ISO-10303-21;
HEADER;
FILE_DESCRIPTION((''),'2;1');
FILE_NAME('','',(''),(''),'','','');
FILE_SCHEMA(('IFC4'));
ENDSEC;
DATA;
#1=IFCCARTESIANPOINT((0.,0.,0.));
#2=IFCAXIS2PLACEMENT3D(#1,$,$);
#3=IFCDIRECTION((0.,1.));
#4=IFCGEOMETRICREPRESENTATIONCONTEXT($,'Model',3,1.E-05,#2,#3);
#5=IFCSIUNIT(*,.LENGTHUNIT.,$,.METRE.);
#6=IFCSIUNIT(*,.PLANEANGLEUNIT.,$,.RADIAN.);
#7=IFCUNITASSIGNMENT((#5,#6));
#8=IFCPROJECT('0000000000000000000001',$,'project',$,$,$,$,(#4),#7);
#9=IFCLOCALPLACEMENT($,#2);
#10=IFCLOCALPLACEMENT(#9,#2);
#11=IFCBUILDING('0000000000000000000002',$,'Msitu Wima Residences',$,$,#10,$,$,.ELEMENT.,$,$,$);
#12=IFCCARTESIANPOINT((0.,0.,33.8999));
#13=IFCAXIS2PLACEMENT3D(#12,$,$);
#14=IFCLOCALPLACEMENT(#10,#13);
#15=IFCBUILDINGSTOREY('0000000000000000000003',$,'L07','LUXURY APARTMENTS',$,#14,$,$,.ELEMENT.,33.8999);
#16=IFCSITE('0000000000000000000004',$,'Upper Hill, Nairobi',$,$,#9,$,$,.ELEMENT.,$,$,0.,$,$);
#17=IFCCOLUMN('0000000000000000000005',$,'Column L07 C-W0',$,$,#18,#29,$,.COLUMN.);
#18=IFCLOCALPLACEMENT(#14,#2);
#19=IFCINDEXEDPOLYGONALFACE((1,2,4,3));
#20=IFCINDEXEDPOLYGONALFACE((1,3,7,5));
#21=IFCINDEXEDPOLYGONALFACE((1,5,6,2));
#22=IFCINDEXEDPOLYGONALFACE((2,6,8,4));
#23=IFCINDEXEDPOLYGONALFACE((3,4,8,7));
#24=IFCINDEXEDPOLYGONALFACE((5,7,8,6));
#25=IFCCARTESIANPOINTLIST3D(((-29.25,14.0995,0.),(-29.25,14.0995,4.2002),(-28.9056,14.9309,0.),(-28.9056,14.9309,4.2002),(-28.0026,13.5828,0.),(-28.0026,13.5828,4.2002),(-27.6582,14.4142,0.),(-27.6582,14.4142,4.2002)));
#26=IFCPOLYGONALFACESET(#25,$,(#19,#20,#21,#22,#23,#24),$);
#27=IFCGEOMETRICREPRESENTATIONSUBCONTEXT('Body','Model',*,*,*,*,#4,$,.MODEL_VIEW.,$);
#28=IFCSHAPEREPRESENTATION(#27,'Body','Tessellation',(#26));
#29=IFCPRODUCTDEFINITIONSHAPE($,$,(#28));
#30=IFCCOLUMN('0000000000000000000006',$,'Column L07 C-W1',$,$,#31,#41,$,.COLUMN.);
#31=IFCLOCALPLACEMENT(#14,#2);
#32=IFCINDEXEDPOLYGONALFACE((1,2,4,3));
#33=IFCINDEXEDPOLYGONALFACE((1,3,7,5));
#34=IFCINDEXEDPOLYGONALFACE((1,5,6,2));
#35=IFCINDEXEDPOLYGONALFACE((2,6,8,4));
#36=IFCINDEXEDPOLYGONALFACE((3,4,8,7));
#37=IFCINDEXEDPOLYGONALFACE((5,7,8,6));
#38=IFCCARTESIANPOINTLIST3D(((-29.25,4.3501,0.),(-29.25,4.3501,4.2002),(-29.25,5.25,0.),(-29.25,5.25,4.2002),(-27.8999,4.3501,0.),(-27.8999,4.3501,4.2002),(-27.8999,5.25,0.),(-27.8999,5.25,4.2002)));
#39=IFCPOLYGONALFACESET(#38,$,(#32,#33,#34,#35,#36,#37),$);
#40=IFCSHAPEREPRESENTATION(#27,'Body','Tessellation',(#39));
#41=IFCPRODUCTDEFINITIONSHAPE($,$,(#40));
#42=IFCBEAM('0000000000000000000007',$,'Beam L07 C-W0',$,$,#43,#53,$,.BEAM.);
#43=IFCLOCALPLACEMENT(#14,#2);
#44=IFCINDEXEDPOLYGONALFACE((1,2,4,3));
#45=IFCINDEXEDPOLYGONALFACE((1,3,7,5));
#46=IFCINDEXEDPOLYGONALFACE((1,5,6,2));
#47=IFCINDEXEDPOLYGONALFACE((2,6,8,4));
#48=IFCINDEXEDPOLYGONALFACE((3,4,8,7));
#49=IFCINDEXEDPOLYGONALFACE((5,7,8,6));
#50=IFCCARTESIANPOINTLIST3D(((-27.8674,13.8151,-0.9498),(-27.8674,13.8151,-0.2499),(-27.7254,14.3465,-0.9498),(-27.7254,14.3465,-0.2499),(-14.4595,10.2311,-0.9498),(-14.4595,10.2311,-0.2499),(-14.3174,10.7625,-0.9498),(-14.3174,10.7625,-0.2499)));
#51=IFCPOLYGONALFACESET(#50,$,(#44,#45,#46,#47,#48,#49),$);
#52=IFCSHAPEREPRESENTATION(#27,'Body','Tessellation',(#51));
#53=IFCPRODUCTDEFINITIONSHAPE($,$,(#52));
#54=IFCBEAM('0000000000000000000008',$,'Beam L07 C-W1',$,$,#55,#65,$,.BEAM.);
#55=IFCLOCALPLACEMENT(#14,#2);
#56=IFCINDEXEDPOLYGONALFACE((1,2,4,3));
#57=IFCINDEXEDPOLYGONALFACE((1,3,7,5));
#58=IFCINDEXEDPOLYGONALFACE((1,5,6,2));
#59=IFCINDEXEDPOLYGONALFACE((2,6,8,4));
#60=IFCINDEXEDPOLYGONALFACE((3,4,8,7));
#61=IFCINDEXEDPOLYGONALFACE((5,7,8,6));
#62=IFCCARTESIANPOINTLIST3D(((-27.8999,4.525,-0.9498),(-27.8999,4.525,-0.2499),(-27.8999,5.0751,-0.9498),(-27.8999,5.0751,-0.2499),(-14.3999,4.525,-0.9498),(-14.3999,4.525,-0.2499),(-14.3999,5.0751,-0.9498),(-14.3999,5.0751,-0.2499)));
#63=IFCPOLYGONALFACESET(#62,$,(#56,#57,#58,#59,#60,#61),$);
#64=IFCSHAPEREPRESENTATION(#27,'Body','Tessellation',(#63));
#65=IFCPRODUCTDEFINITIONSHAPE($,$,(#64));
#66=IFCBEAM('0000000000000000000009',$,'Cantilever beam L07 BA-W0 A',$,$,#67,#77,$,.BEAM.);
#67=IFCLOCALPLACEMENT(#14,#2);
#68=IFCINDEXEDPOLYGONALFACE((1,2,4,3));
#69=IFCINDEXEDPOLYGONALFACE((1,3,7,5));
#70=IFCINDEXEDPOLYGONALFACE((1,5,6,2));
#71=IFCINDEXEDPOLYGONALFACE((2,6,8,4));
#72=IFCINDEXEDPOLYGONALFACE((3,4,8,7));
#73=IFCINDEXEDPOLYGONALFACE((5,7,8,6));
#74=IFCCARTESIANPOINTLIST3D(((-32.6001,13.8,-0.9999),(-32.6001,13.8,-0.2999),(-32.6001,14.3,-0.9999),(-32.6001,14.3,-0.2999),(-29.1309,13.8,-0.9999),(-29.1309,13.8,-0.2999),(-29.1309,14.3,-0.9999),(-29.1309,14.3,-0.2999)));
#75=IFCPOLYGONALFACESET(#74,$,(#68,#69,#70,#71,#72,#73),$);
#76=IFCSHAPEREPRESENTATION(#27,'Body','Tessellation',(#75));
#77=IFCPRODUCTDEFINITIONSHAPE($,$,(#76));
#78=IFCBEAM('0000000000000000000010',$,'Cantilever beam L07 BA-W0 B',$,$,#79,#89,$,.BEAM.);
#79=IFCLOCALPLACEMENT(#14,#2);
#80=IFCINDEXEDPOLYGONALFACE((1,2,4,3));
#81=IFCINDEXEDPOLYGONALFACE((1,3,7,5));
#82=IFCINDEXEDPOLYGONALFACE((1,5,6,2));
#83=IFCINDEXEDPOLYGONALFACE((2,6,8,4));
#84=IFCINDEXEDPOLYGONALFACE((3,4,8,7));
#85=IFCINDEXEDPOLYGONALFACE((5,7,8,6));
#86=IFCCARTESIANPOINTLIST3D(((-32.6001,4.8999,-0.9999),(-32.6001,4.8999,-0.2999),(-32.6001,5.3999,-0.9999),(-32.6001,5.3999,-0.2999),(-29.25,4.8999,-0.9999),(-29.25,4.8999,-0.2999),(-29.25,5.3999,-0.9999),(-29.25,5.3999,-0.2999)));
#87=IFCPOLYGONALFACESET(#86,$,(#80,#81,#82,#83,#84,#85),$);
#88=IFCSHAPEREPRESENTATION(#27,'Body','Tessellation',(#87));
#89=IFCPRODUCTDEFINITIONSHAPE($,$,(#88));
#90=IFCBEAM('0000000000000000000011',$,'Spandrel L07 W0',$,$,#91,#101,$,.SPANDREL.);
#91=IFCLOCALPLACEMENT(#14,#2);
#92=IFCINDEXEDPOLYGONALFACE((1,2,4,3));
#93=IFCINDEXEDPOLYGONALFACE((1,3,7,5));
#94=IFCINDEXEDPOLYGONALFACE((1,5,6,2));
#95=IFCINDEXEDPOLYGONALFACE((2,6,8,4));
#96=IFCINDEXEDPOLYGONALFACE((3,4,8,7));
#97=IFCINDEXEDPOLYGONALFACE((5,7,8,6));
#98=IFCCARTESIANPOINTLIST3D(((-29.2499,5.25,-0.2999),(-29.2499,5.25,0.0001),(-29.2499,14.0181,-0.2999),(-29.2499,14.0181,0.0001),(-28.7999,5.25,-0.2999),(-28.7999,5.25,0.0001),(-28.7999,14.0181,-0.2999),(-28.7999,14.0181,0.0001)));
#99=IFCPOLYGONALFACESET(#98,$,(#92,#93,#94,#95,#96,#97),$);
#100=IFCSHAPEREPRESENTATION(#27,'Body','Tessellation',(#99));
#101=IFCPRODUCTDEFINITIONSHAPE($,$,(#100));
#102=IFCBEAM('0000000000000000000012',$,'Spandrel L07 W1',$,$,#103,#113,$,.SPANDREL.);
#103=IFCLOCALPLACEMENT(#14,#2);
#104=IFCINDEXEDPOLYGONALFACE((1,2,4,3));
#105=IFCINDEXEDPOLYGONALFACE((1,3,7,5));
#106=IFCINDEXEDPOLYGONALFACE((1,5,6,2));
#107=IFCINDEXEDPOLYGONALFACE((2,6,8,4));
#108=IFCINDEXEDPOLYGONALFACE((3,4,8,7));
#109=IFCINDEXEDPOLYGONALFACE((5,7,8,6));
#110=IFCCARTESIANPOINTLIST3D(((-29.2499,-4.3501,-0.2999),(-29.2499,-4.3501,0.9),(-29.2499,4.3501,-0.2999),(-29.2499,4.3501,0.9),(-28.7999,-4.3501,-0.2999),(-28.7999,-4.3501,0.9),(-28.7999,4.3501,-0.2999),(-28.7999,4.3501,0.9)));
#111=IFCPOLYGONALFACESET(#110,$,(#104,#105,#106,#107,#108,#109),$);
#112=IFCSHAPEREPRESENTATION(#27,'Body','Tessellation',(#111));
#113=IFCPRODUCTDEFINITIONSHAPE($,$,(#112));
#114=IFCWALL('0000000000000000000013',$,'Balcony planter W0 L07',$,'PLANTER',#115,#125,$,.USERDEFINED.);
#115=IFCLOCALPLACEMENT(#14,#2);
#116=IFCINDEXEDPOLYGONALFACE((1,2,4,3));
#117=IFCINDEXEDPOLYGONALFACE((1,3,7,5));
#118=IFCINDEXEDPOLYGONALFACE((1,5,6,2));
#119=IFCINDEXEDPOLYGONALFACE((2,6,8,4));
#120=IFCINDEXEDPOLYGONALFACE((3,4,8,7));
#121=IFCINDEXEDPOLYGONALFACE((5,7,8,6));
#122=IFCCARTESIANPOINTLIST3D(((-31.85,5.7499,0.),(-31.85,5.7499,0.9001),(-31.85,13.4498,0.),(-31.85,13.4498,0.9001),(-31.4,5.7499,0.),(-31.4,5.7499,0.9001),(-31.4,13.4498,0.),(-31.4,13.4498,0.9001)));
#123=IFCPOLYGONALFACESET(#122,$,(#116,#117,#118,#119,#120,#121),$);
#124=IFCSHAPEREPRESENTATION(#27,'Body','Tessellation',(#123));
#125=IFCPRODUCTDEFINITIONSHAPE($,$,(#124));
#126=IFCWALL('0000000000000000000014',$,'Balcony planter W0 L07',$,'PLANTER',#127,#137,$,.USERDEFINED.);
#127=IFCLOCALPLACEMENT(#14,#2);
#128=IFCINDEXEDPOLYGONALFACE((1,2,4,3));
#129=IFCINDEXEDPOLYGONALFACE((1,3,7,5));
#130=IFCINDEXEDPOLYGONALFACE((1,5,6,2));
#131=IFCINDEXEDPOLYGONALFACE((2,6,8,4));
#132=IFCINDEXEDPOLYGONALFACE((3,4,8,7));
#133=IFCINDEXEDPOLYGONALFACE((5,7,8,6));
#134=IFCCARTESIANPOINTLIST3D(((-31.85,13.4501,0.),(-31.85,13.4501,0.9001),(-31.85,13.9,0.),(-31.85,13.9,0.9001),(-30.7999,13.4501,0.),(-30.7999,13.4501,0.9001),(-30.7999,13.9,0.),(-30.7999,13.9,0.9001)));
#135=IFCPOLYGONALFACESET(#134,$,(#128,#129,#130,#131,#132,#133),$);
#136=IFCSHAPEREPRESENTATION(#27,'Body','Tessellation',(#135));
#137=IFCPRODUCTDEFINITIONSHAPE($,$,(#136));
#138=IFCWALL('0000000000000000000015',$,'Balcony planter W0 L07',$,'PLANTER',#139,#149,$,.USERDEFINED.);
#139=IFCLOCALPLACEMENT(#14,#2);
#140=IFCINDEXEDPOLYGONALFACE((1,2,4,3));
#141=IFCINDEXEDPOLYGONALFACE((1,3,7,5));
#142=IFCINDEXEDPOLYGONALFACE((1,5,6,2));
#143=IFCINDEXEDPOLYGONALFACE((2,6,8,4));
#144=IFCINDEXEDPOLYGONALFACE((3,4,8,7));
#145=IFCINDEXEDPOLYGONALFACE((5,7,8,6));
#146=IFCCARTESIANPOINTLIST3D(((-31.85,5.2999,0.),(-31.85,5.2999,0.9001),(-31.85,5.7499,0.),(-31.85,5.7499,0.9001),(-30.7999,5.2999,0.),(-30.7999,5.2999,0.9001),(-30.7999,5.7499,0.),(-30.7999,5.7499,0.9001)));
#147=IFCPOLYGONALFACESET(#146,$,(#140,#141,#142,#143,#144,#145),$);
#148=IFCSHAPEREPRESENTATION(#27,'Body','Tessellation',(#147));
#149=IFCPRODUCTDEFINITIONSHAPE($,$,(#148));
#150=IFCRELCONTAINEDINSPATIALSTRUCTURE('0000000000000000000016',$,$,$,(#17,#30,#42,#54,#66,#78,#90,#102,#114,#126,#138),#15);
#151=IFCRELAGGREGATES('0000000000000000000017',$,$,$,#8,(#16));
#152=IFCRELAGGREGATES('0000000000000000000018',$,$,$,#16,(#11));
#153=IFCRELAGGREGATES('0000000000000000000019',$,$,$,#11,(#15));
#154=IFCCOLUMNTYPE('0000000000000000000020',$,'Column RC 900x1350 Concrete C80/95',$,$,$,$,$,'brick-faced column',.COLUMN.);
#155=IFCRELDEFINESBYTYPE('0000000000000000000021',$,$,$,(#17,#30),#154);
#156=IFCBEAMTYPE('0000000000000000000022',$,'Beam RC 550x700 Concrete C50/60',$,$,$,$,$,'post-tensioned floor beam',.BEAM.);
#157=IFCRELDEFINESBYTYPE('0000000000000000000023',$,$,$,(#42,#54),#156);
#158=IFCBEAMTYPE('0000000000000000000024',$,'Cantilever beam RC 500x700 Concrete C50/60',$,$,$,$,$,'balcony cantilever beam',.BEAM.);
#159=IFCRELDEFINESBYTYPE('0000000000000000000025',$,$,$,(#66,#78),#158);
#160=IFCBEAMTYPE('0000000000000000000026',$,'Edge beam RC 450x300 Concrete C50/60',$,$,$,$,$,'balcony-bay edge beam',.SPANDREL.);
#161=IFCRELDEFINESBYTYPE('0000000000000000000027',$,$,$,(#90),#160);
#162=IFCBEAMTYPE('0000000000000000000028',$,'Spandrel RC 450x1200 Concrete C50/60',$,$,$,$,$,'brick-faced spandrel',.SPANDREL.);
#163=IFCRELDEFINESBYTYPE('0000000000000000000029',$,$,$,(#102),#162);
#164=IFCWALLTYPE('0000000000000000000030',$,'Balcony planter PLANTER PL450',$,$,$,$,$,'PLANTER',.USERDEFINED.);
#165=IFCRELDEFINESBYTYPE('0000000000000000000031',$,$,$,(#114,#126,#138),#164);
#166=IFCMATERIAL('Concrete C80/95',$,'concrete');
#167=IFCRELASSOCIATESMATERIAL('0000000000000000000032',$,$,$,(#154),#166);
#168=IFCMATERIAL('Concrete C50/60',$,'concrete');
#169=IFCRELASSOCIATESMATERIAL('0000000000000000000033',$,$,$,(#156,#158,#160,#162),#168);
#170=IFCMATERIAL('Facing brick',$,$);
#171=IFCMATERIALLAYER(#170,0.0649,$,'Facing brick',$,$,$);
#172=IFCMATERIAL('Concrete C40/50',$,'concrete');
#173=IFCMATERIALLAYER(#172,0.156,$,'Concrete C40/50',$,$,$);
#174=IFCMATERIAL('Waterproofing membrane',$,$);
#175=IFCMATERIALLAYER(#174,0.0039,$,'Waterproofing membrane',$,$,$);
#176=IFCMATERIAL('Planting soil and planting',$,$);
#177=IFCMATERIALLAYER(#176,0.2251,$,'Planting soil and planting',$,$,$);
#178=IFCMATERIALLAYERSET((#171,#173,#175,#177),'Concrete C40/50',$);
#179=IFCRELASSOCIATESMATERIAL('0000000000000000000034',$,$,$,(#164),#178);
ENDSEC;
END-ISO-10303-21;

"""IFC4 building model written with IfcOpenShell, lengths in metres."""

from ifc_helpers import new_model, si_unit, direction, frame, frame_2d, origin, origin_2d, place, context, subcontext, project, spatial, rectangle, extrude, material, layer, layer_set, material_profile, profile_set, type_object, element, save


model = new_model("IFC4")

# Units and contexts
model_context = context("Model", 3, precision=1e-05, world=origin(), true_north=direction((0.0, 1.0)))
body_context = subcontext(model_context, "Body", "Model", "MODEL_VIEW")
ifc_project = project(units=[si_unit("LENGTHUNIT", "METRE"), si_unit("PLANEANGLEUNIT", "RADIAN")], contexts=[model_context])

# Site, building, storey
site_placement = place(None, origin())
site = spatial("IfcSite", under=ifc_project, at=site_placement, Name="Upper Hill, Nairobi", CompositionType="ELEMENT", RefElevation=0.0)
building_placement = place(site_placement, origin())
building = spatial("IfcBuilding", under=site, at=building_placement, Name="Msitu Wima Residences", CompositionType="ELEMENT")
storey_placement = place(building_placement, frame((0.0, 0.0, 33.8999)))
storey = spatial("IfcBuildingStorey", under=building, at=storey_placement, Name="L07", Description="LUXURY APARTMENTS", CompositionType="ELEMENT", Elevation=33.8999)

# Columns
ifc_material_1 = material(Name="Concrete C80/95", Category="concrete")
ifc_material_profile_1 = material_profile(ifc_material_1, rectangle(XDim=0.8999, YDim=1.3501, at=origin_2d()), Name="RC 900x1350")
ifc_profile_set_1 = profile_set([ifc_material_profile_1], Name="Concrete C80/95")
column_type = type_object("IfcColumnType", Name="Column RC 900x1350 Concrete C80/95", ElementType="brick-faced column", PredefinedType="COLUMN", material=ifc_profile_set_1)
for number, where, z_axis, x_axis, name in (
    (1, (-28.4541, 14.2568, 0.0), (0.0, 0.0, 1.0), (-0.382683, -0.92388, 0.0), "Column L07 C-W0"),
    (2, (-28.575, 4.8, 0.0), (0.0, 0.0, 1.0), (0.0, -1.0, 0.0), "Column L07 C-W1"),
):
    element("IfcColumn", number, at=place(storey_placement, frame(where, z_axis=z_axis, x_axis=x_axis)), inside=storey, type_object=column_type, Name=name, PredefinedType="COLUMN", context=body_context, shape_type="SweptSolid", body=[
        extrude(rectangle(XDim=0.8999, YDim=1.3501, at=origin_2d()), origin(), (0.0, 0.0, 1.0), 4.2002),
    ])

# Beams
ifc_material_2 = material(Name="Concrete C50/60", Category="concrete")
ifc_material_profile_2 = material_profile(ifc_material_2, rectangle(XDim=0.55, YDim=0.7, at=origin_2d()), Name="RC 550x700")
ifc_profile_set_2 = profile_set([ifc_material_profile_2], Name="Concrete C50/60")
beam_type_1 = type_object("IfcBeamType", Name="Beam RC 550x700 Concrete C50/60", ElementType="post-tensioned floor beam", PredefinedType="BEAM", material=ifc_profile_set_2)
beam_1_placement = place(storey_placement, frame((-27.7964, 14.0808, -0.5999), z_axis=(0.966082, -0.258236, 0.0), x_axis=(0.258236, 0.966082, 0.0)))
element("IfcBeam", 3, at=beam_1_placement, inside=storey, type_object=beam_type_1, Name="Beam L07 C-W0", PredefinedType="BEAM", context=body_context, shape_type="SweptSolid", body=[
    extrude(rectangle(XDim=0.55, YDim=0.7, at=origin_2d()), origin(), (0.0, 0.0, 1.0), 13.8787),
])
beam_2_placement = place(storey_placement, frame((-27.8999, 4.8, -0.5999), z_axis=(1.0, 0.0, 0.0), x_axis=(0.0, 1.0, 0.0)))
element("IfcBeam", 4, at=beam_2_placement, inside=storey, type_object=beam_type_1, Name="Beam L07 C-W1", PredefinedType="BEAM", context=body_context, shape_type="SweptSolid", body=[
    extrude(rectangle(XDim=0.55, YDim=0.7, at=origin_2d()), origin(), (0.0, 0.0, 1.0), 13.5),
])
ifc_material_profile_3 = material_profile(ifc_material_2, rectangle(XDim=0.5, YDim=0.7, at=origin_2d()), Name="RC 500x700")
ifc_profile_set_3 = profile_set([ifc_material_profile_3], Name="Concrete C50/60")
beam_type_2 = type_object("IfcBeamType", Name="Cantilever beam RC 500x700 Concrete C50/60", ElementType="balcony cantilever beam", PredefinedType="BEAM", material=ifc_profile_set_3)
beam_3_placement = place(storey_placement, frame((-29.1309, 14.05, -0.6499), z_axis=(-1.0, 0.0, 0.0), x_axis=(0.0, -1.0, 0.0)))
element("IfcBeam", 5, at=beam_3_placement, inside=storey, type_object=beam_type_2, Name="Cantilever beam L07 BA-W0 A", PredefinedType="BEAM", context=body_context, shape_type="SweptSolid", body=[
    extrude(rectangle(XDim=0.5, YDim=0.7, at=origin_2d()), origin(), (0.0, 0.0, 1.0), 3.4692),
])
beam_4_placement = place(storey_placement, frame((-29.25, 5.1499, -0.6499), z_axis=(-1.0, 0.0, 0.0), x_axis=(0.0, -1.0, 0.0)))
element("IfcBeam", 6, at=beam_4_placement, inside=storey, type_object=beam_type_2, Name="Cantilever beam L07 BA-W0 B", PredefinedType="BEAM", context=body_context, shape_type="SweptSolid", body=[
    extrude(rectangle(XDim=0.5, YDim=0.7, at=origin_2d()), origin(), (0.0, 0.0, 1.0), 3.3501),
])
ifc_material_profile_4 = material_profile(ifc_material_2, rectangle(XDim=0.45, YDim=0.3, at=origin_2d()), Name="RC 450x300")
ifc_profile_set_4 = profile_set([ifc_material_profile_4], Name="Concrete C50/60")
beam_type_3 = type_object("IfcBeamType", Name="Edge beam RC 450x300 Concrete C50/60", ElementType="balcony-bay edge beam", PredefinedType="SPANDREL", material=ifc_profile_set_4)
beam_5_placement = place(storey_placement, frame((-29.0249, 14.0181, -0.1499), z_axis=(0.0, -1.0, 0.0), x_axis=(1.0, 0.0, 0.0)))
element("IfcBeam", 7, at=beam_5_placement, inside=storey, type_object=beam_type_3, Name="Spandrel L07 W0", PredefinedType="SPANDREL", context=body_context, shape_type="SweptSolid", body=[
    extrude(rectangle(XDim=0.45, YDim=0.3, at=origin_2d()), origin(), (0.0, 0.0, 1.0), 8.7681),
])
ifc_material_profile_5 = material_profile(ifc_material_2, rectangle(XDim=0.45, YDim=1.2, at=origin_2d()), Name="RC 450x1200")
ifc_profile_set_5 = profile_set([ifc_material_profile_5], Name="Concrete C50/60")
beam_type_4 = type_object("IfcBeamType", Name="Spandrel RC 450x1200 Concrete C50/60", ElementType="brick-faced spandrel", PredefinedType="SPANDREL", material=ifc_profile_set_5)
beam_6_placement = place(storey_placement, frame((-29.0249, 4.3501, 0.3), z_axis=(0.0, -1.0, 0.0), x_axis=(1.0, 0.0, 0.0)))
element("IfcBeam", 8, at=beam_6_placement, inside=storey, type_object=beam_type_4, Name="Spandrel L07 W1", PredefinedType="SPANDREL", context=body_context, shape_type="SweptSolid", body=[
    extrude(rectangle(XDim=0.45, YDim=1.2, at=origin_2d()), origin(), (0.0, 0.0, 1.0), 8.7002),
])

# Walls
ifc_material_3 = material(Name="Facing brick")
ifc_layer_1 = layer(ifc_material_3, 0.0649, Name="Facing brick")
ifc_material_4 = material(Name="Concrete C40/50", Category="concrete")
ifc_layer_2 = layer(ifc_material_4, 0.156, Name="Concrete C40/50")
ifc_material_5 = material(Name="Waterproofing membrane")
ifc_layer_3 = layer(ifc_material_5, 0.0039, Name="Waterproofing membrane")
ifc_material_6 = material(Name="Planting soil and planting")
ifc_layer_4 = layer(ifc_material_6, 0.2251, Name="Planting soil and planting")
ifc_layer_set_1 = layer_set([ifc_layer_1, ifc_layer_2, ifc_layer_3, ifc_layer_4], Name="Concrete C40/50")
wall_type_1 = type_object("IfcWallType", Name="Balcony planter PLANTER PL450", ElementType="PLANTER", PredefinedType="USERDEFINED", material=ifc_layer_set_1)
wall_1_placement = place(storey_placement, frame((-31.625, 13.45, 0.0), z_axis=(0.0, 0.0, 1.0), x_axis=(0.0, -1.0, 0.0)))
element("IfcWall", 9, at=wall_1_placement, inside=storey, type_object=wall_type_1, Name="Balcony planter W0 L07", ObjectType="PLANTER", PredefinedType="USERDEFINED", context=body_context, shape_type="SweptSolid", body=[
    extrude(rectangle(XDim=7.7, YDim=0.45, at=frame_2d((3.8501, 0.0))), origin(), (0.0, 0.0, 1.0), 0.9001),
])
for number, where, z_axis, x_axis, name in (
    (10, (-30.8, 13.675, 0.0), (0.0, 0.0, 1.0), (-1.0, 0.0, 0.0), "Balcony planter W0 L07"),
    (11, (-30.8, 5.5249, 0.0), (0.0, 0.0, 1.0), (-1.0, 0.0, 0.0), "Balcony planter W0 L07"),
):
    element("IfcWall", number, at=place(storey_placement, frame(where, z_axis=z_axis, x_axis=x_axis)), inside=storey, type_object=wall_type_1, Name=name, ObjectType="PLANTER", PredefinedType="USERDEFINED", context=body_context, shape_type="SweptSolid", body=[
        extrude(rectangle(XDim=1.05, YDim=0.45, at=frame_2d((0.5249, 0.0))), origin(), (0.0, 0.0, 1.0), 0.9001),
    ])

save(model, "model.ifc")
